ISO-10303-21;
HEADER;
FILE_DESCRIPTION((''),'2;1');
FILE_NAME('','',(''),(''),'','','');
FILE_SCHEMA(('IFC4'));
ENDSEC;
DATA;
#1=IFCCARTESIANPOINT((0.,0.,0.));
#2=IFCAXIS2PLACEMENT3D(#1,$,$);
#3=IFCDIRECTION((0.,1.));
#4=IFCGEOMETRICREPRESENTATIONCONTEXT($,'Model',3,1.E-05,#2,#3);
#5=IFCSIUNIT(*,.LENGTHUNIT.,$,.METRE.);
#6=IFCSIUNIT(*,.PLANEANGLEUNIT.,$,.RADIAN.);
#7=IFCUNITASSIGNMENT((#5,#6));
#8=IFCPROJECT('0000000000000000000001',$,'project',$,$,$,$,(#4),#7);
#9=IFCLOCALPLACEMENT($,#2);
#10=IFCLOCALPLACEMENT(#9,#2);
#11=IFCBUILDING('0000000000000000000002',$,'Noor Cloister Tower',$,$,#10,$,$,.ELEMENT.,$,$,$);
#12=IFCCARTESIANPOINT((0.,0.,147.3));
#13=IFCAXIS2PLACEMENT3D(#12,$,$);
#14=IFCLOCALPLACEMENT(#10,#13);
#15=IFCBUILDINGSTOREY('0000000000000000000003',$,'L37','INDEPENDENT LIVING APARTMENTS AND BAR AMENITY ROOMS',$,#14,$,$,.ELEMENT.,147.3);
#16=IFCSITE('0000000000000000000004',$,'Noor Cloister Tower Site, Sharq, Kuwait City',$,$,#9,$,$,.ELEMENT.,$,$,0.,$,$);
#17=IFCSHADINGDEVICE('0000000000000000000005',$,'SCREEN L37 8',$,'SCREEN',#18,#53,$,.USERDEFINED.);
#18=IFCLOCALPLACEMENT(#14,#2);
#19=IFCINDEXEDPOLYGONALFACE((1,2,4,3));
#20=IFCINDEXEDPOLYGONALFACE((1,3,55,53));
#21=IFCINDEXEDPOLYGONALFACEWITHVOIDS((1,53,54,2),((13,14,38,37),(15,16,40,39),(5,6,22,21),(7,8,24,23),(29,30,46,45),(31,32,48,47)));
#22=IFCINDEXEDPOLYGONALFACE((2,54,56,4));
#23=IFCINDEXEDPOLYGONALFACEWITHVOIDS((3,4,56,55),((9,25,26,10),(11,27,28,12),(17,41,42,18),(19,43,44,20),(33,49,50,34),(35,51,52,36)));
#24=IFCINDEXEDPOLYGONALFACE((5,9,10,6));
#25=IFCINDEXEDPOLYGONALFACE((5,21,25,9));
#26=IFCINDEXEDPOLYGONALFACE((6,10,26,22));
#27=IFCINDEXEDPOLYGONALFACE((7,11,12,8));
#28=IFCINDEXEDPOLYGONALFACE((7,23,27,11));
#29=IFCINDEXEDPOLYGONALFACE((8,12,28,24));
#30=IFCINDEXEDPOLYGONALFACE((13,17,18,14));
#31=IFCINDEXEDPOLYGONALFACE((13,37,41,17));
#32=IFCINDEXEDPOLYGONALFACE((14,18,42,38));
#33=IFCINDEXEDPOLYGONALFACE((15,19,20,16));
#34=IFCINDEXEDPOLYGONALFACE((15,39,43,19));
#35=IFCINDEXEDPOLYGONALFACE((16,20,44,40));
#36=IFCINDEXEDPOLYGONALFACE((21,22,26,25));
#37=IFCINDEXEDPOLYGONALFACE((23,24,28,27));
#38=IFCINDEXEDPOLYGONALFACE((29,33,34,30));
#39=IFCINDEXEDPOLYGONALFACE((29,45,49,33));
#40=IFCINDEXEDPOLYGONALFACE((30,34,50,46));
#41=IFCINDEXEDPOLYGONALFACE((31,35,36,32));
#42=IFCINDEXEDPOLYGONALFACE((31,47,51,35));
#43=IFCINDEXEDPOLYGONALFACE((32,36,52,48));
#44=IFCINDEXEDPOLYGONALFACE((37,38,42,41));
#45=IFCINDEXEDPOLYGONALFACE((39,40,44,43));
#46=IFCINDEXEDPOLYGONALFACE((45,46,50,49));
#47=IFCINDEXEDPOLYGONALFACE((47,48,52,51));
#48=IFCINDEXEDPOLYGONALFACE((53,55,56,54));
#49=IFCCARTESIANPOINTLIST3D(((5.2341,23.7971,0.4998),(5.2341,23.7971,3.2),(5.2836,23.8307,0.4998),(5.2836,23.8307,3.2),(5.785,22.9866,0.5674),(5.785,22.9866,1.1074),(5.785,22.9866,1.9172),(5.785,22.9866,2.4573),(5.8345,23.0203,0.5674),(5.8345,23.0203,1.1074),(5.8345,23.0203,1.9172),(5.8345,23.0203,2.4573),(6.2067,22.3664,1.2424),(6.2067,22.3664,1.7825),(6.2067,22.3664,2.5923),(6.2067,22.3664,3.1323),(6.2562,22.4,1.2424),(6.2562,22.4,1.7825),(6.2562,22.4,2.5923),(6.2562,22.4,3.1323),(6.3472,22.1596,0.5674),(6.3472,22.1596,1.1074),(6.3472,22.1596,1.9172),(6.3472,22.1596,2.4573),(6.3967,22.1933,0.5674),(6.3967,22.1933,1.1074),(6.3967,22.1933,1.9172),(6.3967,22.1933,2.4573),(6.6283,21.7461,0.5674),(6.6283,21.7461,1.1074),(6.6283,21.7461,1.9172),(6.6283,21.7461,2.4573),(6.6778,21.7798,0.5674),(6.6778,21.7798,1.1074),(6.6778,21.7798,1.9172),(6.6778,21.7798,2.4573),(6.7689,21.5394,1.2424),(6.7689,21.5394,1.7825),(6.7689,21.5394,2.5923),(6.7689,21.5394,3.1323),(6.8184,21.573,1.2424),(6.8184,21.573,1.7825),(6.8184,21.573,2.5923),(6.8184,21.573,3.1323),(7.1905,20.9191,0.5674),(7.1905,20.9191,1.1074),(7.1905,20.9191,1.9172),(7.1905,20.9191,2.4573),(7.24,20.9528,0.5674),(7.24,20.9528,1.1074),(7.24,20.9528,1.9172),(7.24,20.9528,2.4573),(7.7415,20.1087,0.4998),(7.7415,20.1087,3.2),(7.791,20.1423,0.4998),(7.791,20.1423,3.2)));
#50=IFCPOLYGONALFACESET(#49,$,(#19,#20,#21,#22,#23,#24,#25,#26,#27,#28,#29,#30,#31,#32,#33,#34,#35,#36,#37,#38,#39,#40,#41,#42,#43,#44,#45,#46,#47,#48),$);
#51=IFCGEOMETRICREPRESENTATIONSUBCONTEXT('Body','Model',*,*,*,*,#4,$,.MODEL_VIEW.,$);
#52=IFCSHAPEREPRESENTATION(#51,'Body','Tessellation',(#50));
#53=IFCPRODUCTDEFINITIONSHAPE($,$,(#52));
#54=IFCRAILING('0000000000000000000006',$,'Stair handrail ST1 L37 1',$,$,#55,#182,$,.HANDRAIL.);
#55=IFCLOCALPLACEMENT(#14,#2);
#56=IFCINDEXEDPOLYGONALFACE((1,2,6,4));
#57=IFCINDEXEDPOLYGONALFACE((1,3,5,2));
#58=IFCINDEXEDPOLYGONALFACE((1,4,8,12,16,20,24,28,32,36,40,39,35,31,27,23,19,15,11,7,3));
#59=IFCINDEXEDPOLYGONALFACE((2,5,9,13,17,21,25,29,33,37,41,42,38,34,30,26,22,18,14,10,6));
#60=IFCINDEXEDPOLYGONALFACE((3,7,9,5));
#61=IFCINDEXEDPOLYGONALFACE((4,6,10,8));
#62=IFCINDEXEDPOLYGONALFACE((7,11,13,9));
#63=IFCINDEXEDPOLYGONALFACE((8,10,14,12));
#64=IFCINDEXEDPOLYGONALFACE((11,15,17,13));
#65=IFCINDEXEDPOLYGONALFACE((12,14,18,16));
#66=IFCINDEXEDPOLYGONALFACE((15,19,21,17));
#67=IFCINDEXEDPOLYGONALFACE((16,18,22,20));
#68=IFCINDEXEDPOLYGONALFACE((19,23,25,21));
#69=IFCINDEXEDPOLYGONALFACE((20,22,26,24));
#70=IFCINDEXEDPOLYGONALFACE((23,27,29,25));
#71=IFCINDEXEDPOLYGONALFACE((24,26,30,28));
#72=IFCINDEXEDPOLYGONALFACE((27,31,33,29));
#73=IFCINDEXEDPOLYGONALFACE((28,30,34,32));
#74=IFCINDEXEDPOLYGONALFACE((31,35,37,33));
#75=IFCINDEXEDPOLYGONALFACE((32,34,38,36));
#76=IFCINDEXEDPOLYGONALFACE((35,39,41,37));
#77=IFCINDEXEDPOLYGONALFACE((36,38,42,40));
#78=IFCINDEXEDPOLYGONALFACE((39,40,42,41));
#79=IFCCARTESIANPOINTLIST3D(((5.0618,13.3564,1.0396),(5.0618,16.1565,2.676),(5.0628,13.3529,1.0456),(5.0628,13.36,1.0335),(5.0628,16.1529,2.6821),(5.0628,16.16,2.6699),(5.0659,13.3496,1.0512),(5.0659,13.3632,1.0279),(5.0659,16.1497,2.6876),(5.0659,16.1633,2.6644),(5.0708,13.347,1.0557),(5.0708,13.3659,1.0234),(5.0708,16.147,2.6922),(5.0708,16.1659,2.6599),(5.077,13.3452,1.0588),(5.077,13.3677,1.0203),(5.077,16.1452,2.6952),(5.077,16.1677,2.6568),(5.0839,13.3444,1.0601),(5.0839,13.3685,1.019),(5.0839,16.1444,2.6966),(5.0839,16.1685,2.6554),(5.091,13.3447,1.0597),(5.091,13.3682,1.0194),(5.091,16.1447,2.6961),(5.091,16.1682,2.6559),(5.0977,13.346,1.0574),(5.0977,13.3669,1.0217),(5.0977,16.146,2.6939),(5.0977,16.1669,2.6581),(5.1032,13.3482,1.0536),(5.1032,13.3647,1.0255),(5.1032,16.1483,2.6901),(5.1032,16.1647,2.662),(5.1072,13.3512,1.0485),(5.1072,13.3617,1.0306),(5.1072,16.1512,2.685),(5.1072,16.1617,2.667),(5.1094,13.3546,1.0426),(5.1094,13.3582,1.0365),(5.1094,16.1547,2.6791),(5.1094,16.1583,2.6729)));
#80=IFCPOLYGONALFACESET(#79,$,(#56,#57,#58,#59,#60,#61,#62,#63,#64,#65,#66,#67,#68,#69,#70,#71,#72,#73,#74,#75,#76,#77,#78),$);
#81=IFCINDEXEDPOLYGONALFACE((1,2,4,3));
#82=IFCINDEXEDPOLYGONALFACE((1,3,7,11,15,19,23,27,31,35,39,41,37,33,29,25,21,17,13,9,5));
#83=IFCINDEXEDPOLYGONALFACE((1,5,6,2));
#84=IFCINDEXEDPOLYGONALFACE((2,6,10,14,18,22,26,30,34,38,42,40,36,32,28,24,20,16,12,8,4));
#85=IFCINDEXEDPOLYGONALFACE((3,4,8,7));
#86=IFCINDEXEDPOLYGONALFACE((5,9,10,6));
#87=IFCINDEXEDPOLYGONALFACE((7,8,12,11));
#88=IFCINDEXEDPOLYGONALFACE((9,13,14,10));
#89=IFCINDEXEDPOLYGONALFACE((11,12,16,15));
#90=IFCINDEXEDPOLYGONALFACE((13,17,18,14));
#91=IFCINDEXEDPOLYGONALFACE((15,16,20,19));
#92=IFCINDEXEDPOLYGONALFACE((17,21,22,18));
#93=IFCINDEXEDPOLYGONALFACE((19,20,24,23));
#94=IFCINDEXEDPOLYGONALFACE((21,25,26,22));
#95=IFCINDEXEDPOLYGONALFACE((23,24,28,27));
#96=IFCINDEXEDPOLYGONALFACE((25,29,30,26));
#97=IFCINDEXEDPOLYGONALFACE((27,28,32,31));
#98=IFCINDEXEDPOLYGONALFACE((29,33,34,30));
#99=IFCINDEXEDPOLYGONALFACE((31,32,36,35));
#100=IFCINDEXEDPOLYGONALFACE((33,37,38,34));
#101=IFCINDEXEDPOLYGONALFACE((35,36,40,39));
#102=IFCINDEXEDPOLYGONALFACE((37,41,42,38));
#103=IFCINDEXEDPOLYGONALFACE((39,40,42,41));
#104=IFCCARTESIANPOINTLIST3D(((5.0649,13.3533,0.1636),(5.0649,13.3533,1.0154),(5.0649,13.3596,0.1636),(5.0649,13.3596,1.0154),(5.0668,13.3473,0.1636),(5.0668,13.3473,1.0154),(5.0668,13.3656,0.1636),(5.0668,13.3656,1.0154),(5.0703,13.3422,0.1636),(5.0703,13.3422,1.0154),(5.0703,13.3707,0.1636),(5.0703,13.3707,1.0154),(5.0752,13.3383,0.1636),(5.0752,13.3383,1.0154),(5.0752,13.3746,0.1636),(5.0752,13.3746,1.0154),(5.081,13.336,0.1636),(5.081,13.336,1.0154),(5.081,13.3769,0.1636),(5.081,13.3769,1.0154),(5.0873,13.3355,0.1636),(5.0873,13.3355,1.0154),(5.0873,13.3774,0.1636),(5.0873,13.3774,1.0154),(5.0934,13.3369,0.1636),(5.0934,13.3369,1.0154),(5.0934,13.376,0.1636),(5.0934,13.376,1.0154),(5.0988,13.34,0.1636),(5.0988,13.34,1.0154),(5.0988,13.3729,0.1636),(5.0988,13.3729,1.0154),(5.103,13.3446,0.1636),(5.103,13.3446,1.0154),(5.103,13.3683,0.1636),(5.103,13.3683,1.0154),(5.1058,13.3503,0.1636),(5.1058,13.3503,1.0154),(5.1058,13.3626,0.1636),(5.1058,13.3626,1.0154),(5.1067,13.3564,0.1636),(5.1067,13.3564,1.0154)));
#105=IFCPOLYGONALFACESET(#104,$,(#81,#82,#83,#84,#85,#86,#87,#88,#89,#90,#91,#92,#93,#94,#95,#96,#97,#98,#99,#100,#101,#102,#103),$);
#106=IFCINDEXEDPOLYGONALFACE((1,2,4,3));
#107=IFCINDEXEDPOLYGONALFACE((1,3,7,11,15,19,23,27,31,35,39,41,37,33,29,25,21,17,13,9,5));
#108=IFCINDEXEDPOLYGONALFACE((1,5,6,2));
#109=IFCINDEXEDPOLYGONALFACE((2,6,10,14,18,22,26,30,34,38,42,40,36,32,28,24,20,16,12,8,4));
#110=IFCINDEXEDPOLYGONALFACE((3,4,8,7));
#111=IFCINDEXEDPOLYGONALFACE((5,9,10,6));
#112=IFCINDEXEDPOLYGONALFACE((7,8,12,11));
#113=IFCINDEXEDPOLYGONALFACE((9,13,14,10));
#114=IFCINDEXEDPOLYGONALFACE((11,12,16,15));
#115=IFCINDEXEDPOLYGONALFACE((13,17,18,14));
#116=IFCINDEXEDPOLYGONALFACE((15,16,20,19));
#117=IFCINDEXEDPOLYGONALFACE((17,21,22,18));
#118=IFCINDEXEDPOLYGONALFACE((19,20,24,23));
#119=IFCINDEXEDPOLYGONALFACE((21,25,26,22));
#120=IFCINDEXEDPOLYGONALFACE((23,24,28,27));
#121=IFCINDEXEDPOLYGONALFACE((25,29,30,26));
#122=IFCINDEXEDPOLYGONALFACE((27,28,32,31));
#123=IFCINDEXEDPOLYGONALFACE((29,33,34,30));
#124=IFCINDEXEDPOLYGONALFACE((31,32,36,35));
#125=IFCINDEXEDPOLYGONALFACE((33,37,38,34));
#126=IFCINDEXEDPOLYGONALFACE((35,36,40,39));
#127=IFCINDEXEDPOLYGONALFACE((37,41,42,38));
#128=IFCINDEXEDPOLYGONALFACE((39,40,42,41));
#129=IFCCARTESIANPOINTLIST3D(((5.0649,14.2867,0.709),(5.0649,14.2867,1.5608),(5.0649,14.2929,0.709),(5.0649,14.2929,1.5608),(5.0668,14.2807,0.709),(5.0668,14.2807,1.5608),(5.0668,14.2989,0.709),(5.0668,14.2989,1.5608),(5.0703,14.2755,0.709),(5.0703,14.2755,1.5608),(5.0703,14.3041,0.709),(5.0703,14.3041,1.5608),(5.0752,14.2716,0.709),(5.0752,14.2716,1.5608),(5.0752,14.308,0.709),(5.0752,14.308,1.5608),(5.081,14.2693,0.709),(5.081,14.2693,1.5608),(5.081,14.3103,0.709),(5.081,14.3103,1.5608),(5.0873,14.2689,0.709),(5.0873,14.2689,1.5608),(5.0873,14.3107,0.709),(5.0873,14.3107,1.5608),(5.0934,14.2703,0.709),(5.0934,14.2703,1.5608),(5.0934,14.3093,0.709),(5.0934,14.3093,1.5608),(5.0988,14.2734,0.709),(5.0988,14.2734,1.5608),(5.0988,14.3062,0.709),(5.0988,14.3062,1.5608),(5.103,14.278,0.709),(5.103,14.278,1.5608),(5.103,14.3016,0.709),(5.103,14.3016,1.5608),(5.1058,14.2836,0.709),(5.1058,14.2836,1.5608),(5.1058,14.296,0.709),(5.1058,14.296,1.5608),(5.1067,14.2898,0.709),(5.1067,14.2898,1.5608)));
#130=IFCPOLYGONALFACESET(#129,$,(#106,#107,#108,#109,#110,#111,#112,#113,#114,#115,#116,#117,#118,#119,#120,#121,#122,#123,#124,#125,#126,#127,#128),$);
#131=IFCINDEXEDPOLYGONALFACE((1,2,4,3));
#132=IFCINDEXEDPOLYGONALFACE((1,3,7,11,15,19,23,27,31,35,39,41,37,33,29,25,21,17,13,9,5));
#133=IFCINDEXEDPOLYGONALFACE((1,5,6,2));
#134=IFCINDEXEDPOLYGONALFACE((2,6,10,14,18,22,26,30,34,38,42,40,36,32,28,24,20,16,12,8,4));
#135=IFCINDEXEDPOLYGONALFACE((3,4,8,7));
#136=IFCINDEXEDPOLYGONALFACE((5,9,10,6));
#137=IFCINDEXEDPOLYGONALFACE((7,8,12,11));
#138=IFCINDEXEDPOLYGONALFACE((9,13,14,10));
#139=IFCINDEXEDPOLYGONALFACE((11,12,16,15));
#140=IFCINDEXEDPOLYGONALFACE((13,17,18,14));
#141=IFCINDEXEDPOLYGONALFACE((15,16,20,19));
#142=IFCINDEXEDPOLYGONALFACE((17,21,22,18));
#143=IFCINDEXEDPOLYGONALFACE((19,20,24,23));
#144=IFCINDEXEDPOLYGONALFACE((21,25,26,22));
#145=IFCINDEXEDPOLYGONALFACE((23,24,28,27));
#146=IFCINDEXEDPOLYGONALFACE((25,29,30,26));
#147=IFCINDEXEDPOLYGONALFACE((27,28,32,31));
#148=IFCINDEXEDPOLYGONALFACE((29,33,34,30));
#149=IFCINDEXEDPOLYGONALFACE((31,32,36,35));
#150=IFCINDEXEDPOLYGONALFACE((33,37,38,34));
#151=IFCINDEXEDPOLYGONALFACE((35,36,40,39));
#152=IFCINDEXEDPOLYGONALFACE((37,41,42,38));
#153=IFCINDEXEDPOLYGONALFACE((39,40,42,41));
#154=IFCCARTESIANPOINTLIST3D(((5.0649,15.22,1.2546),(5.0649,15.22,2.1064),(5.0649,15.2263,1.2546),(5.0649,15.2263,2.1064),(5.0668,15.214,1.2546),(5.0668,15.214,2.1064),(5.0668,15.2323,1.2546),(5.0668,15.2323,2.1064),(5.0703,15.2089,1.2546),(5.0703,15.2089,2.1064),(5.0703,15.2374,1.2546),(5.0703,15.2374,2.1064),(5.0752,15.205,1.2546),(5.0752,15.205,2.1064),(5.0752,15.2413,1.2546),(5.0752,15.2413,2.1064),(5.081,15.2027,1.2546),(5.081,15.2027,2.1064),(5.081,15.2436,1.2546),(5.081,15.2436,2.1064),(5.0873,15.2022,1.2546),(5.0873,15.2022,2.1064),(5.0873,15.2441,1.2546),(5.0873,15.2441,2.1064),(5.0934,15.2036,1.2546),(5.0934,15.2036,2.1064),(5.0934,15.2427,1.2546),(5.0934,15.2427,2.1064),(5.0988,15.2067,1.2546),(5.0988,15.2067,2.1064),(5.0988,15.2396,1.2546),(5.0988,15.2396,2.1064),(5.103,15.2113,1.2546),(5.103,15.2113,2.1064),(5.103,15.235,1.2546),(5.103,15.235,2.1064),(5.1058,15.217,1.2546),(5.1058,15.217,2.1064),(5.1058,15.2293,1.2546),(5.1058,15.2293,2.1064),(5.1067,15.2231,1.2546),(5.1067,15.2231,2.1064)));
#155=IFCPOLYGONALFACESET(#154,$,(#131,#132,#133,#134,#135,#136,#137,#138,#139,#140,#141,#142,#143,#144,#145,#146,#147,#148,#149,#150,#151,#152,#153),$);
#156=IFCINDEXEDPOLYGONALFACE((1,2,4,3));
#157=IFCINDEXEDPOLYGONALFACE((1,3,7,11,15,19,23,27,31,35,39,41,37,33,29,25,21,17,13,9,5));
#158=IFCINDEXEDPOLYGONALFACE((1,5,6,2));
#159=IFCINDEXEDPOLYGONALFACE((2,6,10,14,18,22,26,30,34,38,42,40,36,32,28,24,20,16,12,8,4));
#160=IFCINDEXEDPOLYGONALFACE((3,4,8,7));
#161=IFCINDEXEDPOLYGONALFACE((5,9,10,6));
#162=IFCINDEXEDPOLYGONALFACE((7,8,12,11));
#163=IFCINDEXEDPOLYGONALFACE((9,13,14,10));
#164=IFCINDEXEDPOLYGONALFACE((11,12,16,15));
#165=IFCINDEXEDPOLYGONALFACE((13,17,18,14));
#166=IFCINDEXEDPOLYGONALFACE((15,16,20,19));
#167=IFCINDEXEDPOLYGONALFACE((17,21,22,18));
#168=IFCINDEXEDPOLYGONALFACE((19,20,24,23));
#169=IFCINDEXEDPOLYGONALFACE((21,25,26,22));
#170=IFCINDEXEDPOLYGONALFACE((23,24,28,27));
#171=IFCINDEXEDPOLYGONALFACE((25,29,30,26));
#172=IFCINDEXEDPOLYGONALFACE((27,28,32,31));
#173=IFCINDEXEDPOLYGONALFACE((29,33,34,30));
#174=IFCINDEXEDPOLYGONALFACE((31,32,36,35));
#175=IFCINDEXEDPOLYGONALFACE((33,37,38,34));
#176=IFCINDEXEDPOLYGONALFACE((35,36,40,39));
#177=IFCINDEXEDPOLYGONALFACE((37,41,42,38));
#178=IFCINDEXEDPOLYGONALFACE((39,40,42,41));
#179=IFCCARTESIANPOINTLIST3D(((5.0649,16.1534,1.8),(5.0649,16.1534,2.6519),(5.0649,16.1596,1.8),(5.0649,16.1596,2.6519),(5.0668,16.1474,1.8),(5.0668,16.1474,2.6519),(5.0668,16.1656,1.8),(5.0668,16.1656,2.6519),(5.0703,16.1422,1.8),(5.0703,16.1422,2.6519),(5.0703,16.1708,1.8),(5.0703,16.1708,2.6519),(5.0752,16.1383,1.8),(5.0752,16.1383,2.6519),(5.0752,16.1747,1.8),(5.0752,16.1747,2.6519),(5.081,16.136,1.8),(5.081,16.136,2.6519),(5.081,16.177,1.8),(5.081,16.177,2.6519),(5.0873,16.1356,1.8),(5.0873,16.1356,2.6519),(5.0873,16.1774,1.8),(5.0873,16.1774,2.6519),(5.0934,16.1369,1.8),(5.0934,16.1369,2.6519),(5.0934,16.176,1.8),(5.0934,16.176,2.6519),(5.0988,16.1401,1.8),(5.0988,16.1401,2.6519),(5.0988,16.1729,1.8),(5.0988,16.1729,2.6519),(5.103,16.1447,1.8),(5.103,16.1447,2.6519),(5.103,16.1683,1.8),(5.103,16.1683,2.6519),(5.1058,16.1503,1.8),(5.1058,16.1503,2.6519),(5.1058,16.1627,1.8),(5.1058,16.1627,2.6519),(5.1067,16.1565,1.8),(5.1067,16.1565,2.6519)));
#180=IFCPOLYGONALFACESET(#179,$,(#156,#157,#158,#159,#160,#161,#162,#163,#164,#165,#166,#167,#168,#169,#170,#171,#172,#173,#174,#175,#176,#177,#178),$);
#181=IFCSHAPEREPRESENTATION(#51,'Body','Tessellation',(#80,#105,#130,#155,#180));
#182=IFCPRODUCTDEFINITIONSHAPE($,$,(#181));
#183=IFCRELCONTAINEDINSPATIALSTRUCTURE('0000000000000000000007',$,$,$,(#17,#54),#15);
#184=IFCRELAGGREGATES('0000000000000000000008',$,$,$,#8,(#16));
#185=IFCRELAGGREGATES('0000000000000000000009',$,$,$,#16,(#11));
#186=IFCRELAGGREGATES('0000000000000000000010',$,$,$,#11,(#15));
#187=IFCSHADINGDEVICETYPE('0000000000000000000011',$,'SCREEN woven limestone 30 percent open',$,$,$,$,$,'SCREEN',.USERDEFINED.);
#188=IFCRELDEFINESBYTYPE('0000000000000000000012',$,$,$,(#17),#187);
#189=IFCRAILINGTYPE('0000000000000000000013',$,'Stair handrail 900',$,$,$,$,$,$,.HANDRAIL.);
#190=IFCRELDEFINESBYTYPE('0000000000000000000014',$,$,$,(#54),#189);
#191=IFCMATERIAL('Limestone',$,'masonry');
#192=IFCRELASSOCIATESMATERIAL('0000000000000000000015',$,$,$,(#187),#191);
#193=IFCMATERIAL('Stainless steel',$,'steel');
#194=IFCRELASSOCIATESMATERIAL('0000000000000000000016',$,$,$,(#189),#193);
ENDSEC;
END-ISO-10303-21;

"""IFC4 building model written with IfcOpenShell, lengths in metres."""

from ifc_helpers import new_model, si_unit, direction, frame, origin, origin_2d, place, context, subcontext, project, spatial, polyline, circle, outline, extrude, material, material_profile, profile_set, type_object, element, save


model = new_model("IFC4")

# Units and contexts
model_context = context("Model", 3, precision=1e-05, world=origin(), true_north=direction((0.0, 1.0)))
body_context = subcontext(model_context, "Body", "Model", "MODEL_VIEW")
ifc_project = project(units=[si_unit("LENGTHUNIT", "METRE"), si_unit("PLANEANGLEUNIT", "RADIAN")], contexts=[model_context])

# Site, building, storey
site_placement = place(None, origin())
site = spatial("IfcSite", under=ifc_project, at=site_placement, Name="Noor Cloister Tower Site, Sharq, Kuwait City", CompositionType="ELEMENT", RefElevation=0.0)
building_placement = place(site_placement, origin())
building = spatial("IfcBuilding", under=site, at=building_placement, Name="Noor Cloister Tower", CompositionType="ELEMENT")
storey_placement = place(building_placement, frame((0.0, 0.0, 147.3)))
storey = spatial("IfcBuildingStorey", under=building, at=storey_placement, Name="L37", Description="INDEPENDENT LIVING APARTMENTS AND BAR AMENITY ROOMS", CompositionType="ELEMENT", Elevation=147.3)

# Shading device
ifc_material_1 = material(Name="Limestone", Category="masonry")
ifc_material_profile_1 = material_profile(ifc_material_1, outline(polyline([(-2.23, -1.3501), (2.23, -1.3501), (2.23, 1.3501), (-2.23, 1.3501), (-2.23, -1.3501)]), holes=[polyline([(-1.25, -1.2825), (-0.25, -1.2825), (-0.25, -0.7424), (-1.25, -0.7424), (-1.25, -1.2825)]), polyline([(0.25, -1.2825), (1.25, -1.2825), (1.25, -0.7424), (0.25, -0.7424), (0.25, -1.2825)]), polyline([(-0.5, -0.6074), (0.5, -0.6074), (0.5, -0.0674), (-0.5, -0.0674), (-0.5, -0.6074)]), polyline([(-1.25, 0.0674), (-0.25, 0.0674), (-0.25, 0.6074), (-1.25, 0.6074), (-1.25, 0.0674)]), polyline([(0.25, 0.0674), (1.25, 0.0674), (1.25, 0.6074), (0.25, 0.6074), (0.25, 0.0674)]), polyline([(-0.5, 0.7424), (0.5, 0.7424), (0.5, 1.2825), (-0.5, 1.2825), (-0.5, 0.7424)])]), Name="Woven screen 30 percent open")
ifc_profile_set_1 = profile_set([ifc_material_profile_1], Name="Limestone")
shading_device_type = type_object("IfcShadingDeviceType", Name="SCREEN woven limestone 30 percent open", ElementType="SCREEN", PredefinedType="USERDEFINED", material=ifc_profile_set_1)
for number, where, z_axis, x_axis, name in (
    (1, (6.4878, 21.9529, 1.8499), (0.827002, 0.562199, 0.0), (-0.562199, 0.827002, 0.0), "SCREEN L37 8"),
):
    element("IfcShadingDevice", number, at=place(storey_placement, frame(where, z_axis=z_axis, x_axis=x_axis)), inside=storey, type_object=shading_device_type, Name=name, ObjectType="SCREEN", PredefinedType="USERDEFINED", context=body_context, shape_type="SweptSolid", body=[
        extrude(outline(polyline([(-2.23, -1.3501), (2.23, -1.3501), (2.23, 1.3501), (-2.23, 1.3501), (-2.23, -1.3501)]), holes=[polyline([(-1.25, -1.2825), (-0.25, -1.2825), (-0.25, -0.7424), (-1.25, -0.7424), (-1.25, -1.2825)]), polyline([(0.25, -1.2825), (1.25, -1.2825), (1.25, -0.7424), (0.25, -0.7424), (0.25, -1.2825)]), polyline([(-0.5, -0.6074), (0.5, -0.6074), (0.5, -0.0674), (-0.5, -0.0674), (-0.5, -0.6074)]), polyline([(-1.25, 0.0674), (-0.25, 0.0674), (-0.25, 0.6074), (-1.25, 0.6074), (-1.25, 0.0674)]), polyline([(0.25, 0.0674), (1.25, 0.0674), (1.25, 0.6074), (0.25, 0.6074), (0.25, 0.0674)]), polyline([(-0.5, 0.7424), (0.5, 0.7424), (0.5, 1.2825), (-0.5, 1.2825), (-0.5, 0.7424)])]), origin(), (0.0, 0.0, 1.0), 0.0598),
    ])

# Railing
ifc_material_2 = material(Name="Stainless steel", Category="steel")
railing_type_1 = type_object("IfcRailingType", Name="Stair handrail 900", PredefinedType="HANDRAIL", material=ifc_material_2)
railing_1_placement = place(storey_placement, frame((5.0857, 13.3564, 0.1636)))
element("IfcRailing", 2, at=railing_1_placement, inside=storey, type_object=railing_type_1, Name="Stair handrail ST1 L37 1", PredefinedType="HANDRAIL", context=body_context, shape_type="SweptSolid", body=[
    extrude(circle(Radius=0.0239, at=origin_2d()), frame((0.0, 0.0, 0.876), z_axis=(0.0, 0.863361, 0.504587), x_axis=(-1.0, 0.0, 0.0)), (0.0, 0.0, 1.0), 3.2432),
    extrude(circle(Radius=0.021, at=origin_2d()), origin(), (0.0, 0.0, 1.0), 0.8518),
    extrude(circle(Radius=0.021, at=origin_2d()), frame((0.0, 0.9333, 0.5454)), (0.0, 0.0, 1.0), 0.8518),
    extrude(circle(Radius=0.021, at=origin_2d()), frame((0.0, 1.8667, 1.0911)), (0.0, 0.0, 1.0), 0.8518),
    extrude(circle(Radius=0.021, at=origin_2d()), frame((0.0, 2.8, 1.6365)), (0.0, 0.0, 1.0), 0.8518),
])

save(model, "model.ifc")
